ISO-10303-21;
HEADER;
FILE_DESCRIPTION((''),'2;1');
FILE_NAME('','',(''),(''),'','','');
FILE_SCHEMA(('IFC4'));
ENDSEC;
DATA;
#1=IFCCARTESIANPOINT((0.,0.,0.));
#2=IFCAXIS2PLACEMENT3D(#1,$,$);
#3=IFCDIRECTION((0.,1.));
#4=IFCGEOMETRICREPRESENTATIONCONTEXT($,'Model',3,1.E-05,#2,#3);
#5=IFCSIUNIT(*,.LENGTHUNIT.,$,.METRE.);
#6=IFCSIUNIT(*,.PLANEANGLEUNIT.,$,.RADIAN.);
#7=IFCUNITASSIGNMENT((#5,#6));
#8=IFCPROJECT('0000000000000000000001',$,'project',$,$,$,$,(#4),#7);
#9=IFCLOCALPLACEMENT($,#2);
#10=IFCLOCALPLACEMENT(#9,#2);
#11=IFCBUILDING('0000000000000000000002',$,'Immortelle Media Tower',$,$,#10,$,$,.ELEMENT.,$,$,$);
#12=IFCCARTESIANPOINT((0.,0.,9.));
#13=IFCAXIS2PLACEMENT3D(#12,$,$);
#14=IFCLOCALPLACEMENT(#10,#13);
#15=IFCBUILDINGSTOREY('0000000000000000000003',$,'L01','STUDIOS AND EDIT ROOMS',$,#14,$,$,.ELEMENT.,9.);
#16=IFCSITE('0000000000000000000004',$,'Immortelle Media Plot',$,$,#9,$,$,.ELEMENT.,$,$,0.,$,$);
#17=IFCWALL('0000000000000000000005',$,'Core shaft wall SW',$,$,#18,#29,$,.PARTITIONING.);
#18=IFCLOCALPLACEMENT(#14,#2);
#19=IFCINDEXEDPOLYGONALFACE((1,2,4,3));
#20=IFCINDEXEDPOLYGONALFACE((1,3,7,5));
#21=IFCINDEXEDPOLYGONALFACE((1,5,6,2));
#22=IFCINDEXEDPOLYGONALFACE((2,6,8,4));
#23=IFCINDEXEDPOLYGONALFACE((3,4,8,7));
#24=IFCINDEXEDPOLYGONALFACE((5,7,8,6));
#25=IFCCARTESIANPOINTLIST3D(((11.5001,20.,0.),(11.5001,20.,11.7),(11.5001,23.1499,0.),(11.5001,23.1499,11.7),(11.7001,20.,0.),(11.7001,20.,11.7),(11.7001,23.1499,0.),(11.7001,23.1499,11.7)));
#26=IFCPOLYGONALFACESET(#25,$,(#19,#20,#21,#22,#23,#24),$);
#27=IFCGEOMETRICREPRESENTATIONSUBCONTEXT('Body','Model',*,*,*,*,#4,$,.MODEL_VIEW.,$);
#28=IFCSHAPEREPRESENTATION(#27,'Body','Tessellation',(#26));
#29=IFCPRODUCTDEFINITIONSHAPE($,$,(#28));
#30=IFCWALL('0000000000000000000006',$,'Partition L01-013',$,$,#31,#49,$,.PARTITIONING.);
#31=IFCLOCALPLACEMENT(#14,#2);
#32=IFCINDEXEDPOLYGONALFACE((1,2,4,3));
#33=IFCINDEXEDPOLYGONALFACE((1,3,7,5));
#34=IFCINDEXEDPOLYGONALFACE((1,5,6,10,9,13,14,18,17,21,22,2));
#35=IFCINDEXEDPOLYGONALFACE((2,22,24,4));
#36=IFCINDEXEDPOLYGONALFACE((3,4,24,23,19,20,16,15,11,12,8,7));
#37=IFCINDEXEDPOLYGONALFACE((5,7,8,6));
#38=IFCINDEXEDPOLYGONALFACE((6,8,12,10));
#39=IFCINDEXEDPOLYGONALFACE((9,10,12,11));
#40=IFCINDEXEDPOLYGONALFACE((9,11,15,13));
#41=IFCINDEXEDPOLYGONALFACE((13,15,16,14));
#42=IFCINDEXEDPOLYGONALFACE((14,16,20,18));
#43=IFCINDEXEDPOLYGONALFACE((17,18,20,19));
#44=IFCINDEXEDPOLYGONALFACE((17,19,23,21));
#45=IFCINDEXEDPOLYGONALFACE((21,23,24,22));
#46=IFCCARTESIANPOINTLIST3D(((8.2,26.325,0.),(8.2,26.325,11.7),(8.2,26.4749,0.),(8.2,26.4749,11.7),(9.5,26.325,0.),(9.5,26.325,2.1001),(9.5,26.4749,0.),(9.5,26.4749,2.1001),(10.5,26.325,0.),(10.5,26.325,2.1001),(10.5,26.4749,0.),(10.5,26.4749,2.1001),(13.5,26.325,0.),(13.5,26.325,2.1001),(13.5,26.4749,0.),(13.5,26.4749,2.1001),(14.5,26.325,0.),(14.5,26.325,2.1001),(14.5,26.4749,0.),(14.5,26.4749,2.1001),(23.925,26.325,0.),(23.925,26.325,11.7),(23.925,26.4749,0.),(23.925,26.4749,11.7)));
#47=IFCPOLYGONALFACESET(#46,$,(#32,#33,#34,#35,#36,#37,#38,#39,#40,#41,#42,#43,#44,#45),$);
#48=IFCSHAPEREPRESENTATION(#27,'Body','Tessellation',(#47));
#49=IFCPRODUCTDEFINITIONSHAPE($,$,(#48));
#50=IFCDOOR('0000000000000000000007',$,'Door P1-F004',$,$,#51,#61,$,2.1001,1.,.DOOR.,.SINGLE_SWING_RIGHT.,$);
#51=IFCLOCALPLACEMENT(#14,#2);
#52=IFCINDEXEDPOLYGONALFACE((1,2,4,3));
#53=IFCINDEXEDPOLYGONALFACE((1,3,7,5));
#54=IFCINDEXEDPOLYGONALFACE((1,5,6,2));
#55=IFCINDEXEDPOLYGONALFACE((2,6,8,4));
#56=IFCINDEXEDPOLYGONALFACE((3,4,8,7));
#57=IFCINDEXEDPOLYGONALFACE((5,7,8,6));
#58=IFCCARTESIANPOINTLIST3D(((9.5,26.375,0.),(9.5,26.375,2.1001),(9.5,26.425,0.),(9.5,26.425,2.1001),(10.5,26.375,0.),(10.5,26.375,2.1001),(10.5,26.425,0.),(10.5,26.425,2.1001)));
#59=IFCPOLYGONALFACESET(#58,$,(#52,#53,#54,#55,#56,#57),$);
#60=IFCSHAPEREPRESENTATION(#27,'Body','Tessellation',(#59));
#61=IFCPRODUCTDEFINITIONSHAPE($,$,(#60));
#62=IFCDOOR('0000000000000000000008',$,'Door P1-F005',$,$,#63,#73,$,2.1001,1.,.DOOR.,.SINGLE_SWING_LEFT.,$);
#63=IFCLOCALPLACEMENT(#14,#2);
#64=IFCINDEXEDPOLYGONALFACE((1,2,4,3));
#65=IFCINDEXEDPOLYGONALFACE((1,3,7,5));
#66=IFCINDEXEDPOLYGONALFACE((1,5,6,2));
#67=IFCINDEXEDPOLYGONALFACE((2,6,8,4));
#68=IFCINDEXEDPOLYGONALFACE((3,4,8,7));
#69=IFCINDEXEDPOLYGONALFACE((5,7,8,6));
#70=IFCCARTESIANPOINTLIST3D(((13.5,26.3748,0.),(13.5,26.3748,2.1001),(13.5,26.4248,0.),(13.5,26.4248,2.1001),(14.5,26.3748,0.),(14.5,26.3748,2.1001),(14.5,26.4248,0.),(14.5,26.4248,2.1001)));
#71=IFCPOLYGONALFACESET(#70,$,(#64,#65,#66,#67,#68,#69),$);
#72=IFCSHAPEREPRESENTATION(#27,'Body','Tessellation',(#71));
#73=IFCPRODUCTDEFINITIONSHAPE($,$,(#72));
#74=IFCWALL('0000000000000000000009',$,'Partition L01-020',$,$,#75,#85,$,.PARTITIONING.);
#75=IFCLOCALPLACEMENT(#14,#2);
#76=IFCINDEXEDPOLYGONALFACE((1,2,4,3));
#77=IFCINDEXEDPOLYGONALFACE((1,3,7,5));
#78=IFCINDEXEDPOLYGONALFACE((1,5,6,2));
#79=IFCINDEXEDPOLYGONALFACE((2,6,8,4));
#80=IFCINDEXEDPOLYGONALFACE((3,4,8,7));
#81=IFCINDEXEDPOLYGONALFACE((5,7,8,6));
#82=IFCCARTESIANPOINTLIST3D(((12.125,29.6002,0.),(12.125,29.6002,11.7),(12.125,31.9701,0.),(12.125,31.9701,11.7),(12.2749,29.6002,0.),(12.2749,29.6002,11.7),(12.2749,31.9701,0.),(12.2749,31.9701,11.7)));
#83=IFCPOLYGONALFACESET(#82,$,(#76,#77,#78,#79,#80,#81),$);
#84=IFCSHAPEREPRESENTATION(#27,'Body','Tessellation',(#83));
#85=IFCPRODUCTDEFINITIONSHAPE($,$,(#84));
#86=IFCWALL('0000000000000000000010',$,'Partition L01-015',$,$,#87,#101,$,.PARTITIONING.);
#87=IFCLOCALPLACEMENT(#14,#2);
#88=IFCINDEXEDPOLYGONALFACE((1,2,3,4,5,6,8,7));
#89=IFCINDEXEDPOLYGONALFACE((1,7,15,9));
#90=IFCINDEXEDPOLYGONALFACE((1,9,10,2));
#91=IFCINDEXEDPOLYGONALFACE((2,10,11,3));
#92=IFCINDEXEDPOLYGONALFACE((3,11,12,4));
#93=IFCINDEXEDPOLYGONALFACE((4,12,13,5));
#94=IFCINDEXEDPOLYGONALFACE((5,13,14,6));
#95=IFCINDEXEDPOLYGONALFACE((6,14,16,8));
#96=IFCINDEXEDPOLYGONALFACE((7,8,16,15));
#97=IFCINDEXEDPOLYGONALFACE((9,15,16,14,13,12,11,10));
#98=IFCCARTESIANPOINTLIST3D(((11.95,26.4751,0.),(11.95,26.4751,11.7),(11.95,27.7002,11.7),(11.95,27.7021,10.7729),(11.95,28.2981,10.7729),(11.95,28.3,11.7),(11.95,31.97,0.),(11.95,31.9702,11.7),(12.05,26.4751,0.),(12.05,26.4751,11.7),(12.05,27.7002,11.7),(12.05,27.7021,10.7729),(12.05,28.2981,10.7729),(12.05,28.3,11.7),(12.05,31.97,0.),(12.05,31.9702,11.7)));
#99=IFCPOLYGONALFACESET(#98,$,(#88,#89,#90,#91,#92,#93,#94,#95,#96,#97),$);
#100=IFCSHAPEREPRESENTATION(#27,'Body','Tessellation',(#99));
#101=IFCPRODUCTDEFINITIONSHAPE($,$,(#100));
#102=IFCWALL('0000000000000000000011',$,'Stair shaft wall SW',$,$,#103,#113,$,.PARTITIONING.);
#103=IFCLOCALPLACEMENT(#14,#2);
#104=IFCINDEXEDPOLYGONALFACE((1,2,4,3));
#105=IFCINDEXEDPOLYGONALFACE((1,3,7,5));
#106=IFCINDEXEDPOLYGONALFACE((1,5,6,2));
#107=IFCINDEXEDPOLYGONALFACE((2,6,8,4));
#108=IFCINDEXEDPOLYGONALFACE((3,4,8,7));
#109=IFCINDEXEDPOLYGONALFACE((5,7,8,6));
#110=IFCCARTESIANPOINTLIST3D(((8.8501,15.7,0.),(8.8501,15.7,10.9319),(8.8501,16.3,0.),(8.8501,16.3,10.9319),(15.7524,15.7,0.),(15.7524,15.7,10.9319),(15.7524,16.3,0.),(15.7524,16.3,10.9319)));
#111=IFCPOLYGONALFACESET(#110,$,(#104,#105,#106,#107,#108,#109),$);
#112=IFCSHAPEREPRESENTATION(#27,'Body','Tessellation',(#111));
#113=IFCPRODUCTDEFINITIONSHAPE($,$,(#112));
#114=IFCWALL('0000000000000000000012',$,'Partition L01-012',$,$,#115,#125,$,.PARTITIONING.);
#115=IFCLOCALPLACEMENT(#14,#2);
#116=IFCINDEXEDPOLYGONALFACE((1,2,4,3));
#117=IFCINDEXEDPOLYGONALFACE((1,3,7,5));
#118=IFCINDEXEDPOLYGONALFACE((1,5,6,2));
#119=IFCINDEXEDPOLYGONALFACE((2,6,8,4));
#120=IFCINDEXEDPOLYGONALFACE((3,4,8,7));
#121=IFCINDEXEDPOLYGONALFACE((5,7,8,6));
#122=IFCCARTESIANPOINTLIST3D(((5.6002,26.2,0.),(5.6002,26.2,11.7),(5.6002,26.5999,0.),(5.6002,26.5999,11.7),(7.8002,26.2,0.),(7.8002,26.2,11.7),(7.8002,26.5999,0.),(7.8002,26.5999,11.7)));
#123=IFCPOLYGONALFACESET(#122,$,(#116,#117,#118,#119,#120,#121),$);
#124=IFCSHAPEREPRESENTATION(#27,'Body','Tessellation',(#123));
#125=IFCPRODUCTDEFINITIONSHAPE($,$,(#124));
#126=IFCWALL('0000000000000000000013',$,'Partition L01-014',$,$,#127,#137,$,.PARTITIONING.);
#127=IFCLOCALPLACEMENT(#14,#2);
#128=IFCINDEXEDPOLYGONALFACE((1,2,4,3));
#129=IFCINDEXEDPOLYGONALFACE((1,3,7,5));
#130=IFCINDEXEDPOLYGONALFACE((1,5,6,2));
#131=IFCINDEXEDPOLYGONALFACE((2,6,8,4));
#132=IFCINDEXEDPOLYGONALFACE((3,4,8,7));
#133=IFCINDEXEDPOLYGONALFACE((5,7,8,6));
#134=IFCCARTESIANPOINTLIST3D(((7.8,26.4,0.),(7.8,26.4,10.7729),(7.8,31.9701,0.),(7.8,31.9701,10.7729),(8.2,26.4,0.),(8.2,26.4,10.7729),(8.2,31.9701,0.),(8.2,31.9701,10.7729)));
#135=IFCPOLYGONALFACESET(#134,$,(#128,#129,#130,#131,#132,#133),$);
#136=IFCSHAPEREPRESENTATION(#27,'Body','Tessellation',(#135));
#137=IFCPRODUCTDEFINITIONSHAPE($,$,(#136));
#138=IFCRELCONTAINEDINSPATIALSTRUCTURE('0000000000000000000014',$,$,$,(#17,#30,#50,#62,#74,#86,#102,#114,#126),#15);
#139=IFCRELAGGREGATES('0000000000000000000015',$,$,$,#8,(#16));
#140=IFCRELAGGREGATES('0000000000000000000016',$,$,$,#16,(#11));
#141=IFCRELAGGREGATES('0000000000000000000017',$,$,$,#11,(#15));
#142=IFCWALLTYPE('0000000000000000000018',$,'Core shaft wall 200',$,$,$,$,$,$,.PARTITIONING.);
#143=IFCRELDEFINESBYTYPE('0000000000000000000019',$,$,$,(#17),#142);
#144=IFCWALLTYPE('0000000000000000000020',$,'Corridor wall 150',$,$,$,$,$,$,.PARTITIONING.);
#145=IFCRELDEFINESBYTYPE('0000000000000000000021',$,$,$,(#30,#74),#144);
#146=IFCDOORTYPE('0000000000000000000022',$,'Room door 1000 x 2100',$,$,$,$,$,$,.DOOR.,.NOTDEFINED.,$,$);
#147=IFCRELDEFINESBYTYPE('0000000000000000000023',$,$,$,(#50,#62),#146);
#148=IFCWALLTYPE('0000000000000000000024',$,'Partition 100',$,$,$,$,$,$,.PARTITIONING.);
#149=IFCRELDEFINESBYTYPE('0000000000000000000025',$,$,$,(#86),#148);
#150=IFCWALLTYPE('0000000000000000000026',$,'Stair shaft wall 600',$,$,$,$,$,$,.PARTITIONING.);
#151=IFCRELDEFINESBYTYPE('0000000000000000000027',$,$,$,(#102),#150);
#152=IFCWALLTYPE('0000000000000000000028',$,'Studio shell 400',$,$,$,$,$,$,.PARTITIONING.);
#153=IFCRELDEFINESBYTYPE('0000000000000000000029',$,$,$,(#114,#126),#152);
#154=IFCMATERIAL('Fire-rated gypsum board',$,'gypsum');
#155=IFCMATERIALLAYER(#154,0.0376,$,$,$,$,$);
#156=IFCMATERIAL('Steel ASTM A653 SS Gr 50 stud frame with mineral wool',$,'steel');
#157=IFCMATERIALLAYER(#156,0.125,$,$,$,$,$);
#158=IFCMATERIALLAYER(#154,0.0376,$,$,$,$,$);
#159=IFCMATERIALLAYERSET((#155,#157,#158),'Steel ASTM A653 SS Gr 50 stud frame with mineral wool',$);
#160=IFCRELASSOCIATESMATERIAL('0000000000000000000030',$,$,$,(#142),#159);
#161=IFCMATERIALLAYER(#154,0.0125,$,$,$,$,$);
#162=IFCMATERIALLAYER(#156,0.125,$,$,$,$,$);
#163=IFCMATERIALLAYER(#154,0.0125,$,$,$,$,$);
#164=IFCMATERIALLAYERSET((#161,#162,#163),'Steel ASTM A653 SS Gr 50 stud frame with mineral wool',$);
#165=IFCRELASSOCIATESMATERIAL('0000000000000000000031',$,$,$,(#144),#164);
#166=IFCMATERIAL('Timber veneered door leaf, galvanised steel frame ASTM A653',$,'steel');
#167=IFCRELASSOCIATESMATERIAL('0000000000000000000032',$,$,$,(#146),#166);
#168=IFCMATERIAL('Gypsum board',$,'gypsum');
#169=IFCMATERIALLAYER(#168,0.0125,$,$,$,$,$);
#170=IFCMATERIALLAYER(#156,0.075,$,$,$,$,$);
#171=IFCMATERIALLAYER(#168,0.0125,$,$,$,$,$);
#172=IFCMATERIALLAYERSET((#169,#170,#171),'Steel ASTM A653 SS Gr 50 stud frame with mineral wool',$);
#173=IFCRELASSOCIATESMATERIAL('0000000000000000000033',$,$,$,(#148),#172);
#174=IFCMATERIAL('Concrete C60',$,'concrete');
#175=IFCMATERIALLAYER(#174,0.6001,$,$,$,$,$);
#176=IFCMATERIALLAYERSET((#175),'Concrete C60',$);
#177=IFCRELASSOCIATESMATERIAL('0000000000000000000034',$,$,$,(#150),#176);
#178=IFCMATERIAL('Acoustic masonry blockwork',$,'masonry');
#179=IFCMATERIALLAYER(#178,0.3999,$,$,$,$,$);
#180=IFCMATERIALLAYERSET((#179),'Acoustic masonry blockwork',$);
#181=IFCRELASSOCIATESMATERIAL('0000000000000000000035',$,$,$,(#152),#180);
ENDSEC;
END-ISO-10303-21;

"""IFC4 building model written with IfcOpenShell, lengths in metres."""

from ifc_helpers import new_model, si_unit, direction, frame, frame_2d, origin, place, context, subcontext, project, spatial, polyline, rectangle, outline, extrude, material, layer, layer_set, type_object, element, fill, save


model = new_model("IFC4")

# Units and contexts
model_context = context("Model", 3, precision=1e-05, world=origin(), true_north=direction((0.0, 1.0)))
body_context = subcontext(model_context, "Body", "Model", "MODEL_VIEW")
ifc_project = project(units=[si_unit("LENGTHUNIT", "METRE"), si_unit("PLANEANGLEUNIT", "RADIAN")], contexts=[model_context])

# Site, building, storey
site_placement = place(None, origin())
site = spatial("IfcSite", under=ifc_project, at=site_placement, Name="Immortelle Media Plot", CompositionType="ELEMENT", RefElevation=0.0)
building_placement = place(site_placement, origin())
building = spatial("IfcBuilding", under=site, at=building_placement, Name="Immortelle Media Tower", CompositionType="ELEMENT")
storey_placement = place(building_placement, frame((0.0, 0.0, 9.0)))
storey = spatial("IfcBuildingStorey", under=building, at=storey_placement, Name="L01", Description="STUDIOS AND EDIT ROOMS", CompositionType="ELEMENT", Elevation=9.0)

# Shared definitions
ifc_material_1 = material(Name="Fire-rated gypsum board", Category="gypsum")
ifc_layer_1 = layer(ifc_material_1, 0.0376)
ifc_material_2 = material(Name="Steel ASTM A653 SS Gr 50 stud frame with mineral wool", Category="steel")
ifc_layer_2 = layer(ifc_material_2, 0.125)
ifc_layer_3 = layer(ifc_material_1, 0.0376)
ifc_layer_set_1 = layer_set([ifc_layer_1, ifc_layer_2, ifc_layer_3], Name="Steel ASTM A653 SS Gr 50 stud frame with mineral wool")
wall_type_1 = type_object("IfcWallType", Name="Core shaft wall 200", PredefinedType="PARTITIONING", material=ifc_layer_set_1)

# Wall
wall_1_placement = place(storey_placement, frame((11.6001, 20.0, 0.0), z_axis=(0.0, 0.0, 1.0), x_axis=(0.0, 1.0, 0.0)))
element("IfcWall", 1, at=wall_1_placement, inside=storey, type_object=wall_type_1, Name="Core shaft wall SW", PredefinedType="PARTITIONING", context=body_context, shape_type="SweptSolid", body=[
    extrude(rectangle(XDim=3.1499, YDim=0.2, at=frame_2d((1.575, 0.0))), origin(), (0.0, 0.0, 1.0), 11.7),
])

# Wall, openings, doors
ifc_layer_4 = layer(ifc_material_1, 0.0125)
ifc_layer_5 = layer(ifc_material_2, 0.125)
ifc_layer_6 = layer(ifc_material_1, 0.0125)
ifc_layer_set_2 = layer_set([ifc_layer_4, ifc_layer_5, ifc_layer_6], Name="Steel ASTM A653 SS Gr 50 stud frame with mineral wool")
wall_type_2 = type_object("IfcWallType", Name="Corridor wall 150", PredefinedType="PARTITIONING", material=ifc_layer_set_2)
wall_2_placement = place(storey_placement, frame((8.2, 26.3999, 0.0), z_axis=(0.0, 0.0, 1.0), x_axis=(1.0, 0.0, 0.0)))
wall_2 = element("IfcWall", 2, at=wall_2_placement, inside=storey, type_object=wall_type_2, Name="Partition L01-013", PredefinedType="PARTITIONING", context=body_context, shape_type="SweptSolid", body=[
    extrude(rectangle(XDim=15.7251, YDim=0.1499, at=frame_2d((7.8625, 0.0))), origin(), (0.0, 0.0, 1.0), 11.7),
])
opening_1_placement = place(wall_2_placement, frame((2.3, 0.0, 0.0), z_axis=(0.0, 0.0, 1.0), x_axis=(-1.0, 0.0, 0.0)))
opening_1 = element("IfcOpeningElement", 3, at=opening_1_placement, cuts=wall_2, PredefinedType="OPENING", context=body_context, shape_type="SweptSolid", body=[
    extrude(rectangle(XDim=1.0, YDim=2.1001, at=frame_2d((0.5, 1.05))), frame((0.0, 0.085, 0.0), z_axis=(0.0, -1.0, 0.0), x_axis=(1.0, 0.0, 0.0)), (0.0, 0.0, 1.0), 0.1699),
])
opening_2_placement = place(wall_2_placement, frame((5.3, 0.0, 0.0)))
opening_2 = element("IfcOpeningElement", 4, at=opening_2_placement, cuts=wall_2, PredefinedType="OPENING", context=body_context, shape_type="SweptSolid", body=[
    extrude(rectangle(XDim=1.0, YDim=2.1001, at=frame_2d((0.5, 1.05))), frame((0.0, 0.085, 0.0), z_axis=(0.0, -1.0, 0.0), x_axis=(1.0, 0.0, 0.0)), (0.0, 0.0, 1.0), 0.1699),
])
ifc_material_3 = material(Name="Timber veneered door leaf, galvanised steel frame ASTM A653", Category="steel")
door_type_1 = type_object("IfcDoorType", Name="Room door 1000 x 2100", OperationType="NOTDEFINED", PredefinedType="DOOR", material=ifc_material_3)
door_1_placement = place(opening_1_placement, origin())
door_1 = element("IfcDoor", 5, at=door_1_placement, inside=storey, type_object=door_type_1, Name="Door P1-F004", OperationType="SINGLE_SWING_RIGHT", OverallHeight=2.1001, OverallWidth=1.0, PredefinedType="DOOR", context=body_context, shape_type="SweptSolid", body=[
    extrude(rectangle(XDim=1.0, YDim=2.1001, at=frame_2d((0.5, 1.05))), frame((0.0, 0.0249, 0.0), z_axis=(0.0, -1.0, 0.0), x_axis=(1.0, 0.0, 0.0)), (0.0, 0.0, 1.0), 0.05),
])
fill(opening_1, door_1)
door_2_placement = place(opening_2_placement, origin())
door_2 = element("IfcDoor", 6, at=door_2_placement, inside=storey, type_object=door_type_1, Name="Door P1-F005", OperationType="SINGLE_SWING_LEFT", OverallHeight=2.1001, OverallWidth=1.0, PredefinedType="DOOR", context=body_context, shape_type="SweptSolid", body=[
    extrude(rectangle(XDim=1.0, YDim=2.1001, at=frame_2d((0.5, 1.05))), frame((0.0, 0.0249, 0.0), z_axis=(0.0, -1.0, 0.0), x_axis=(1.0, 0.0, 0.0)), (0.0, 0.0, 1.0), 0.05),
])
fill(opening_2, door_2)

# Walls
wall_3_placement = place(storey_placement, frame((12.2, 29.6001, 0.0), z_axis=(0.0, 0.0, 1.0), x_axis=(0.0, 1.0, 0.0)))
element("IfcWall", 7, at=wall_3_placement, inside=storey, type_object=wall_type_2, Name="Partition L01-020", PredefinedType="PARTITIONING", context=body_context, shape_type="SweptSolid", body=[
    extrude(rectangle(XDim=2.3699, YDim=0.1499, at=frame_2d((1.1851, 0.0))), origin(), (0.0, 0.0, 1.0), 11.7),
])
ifc_material_4 = material(Name="Gypsum board", Category="gypsum")
ifc_layer_7 = layer(ifc_material_4, 0.0125)
ifc_layer_8 = layer(ifc_material_2, 0.075)
ifc_layer_9 = layer(ifc_material_4, 0.0125)
ifc_layer_set_3 = layer_set([ifc_layer_7, ifc_layer_8, ifc_layer_9], Name="Steel ASTM A653 SS Gr 50 stud frame with mineral wool")
wall_type_3 = type_object("IfcWallType", Name="Partition 100", PredefinedType="PARTITIONING", material=ifc_layer_set_3)
wall_4_placement = place(storey_placement, frame((12.0, 26.4751, 0.0), z_axis=(0.0, 0.0, 1.0), x_axis=(0.0, 1.0, 0.0)))
element("IfcWall", 8, at=wall_4_placement, inside=storey, type_object=wall_type_3, Name="Partition L01-015", PredefinedType="PARTITIONING", context=body_context, shape_type="SweptSolid", body=[
    extrude(outline(polyline([(0.0, 0.0), (5.4949, 0.0), (5.4951, 11.7), (1.825, 11.7), (1.823, 10.7729), (1.2271, 10.7729), (1.2251, 11.7), (0.0, 11.7), (0.0, 0.0)])), frame((0.0, 0.05, 0.0), z_axis=(0.0, -1.0, 0.0), x_axis=(1.0, 0.0, 0.0)), (0.0, 0.0, 1.0), 0.1001),
])
ifc_material_5 = material(Name="Concrete C60", Category="concrete")
ifc_layer_10 = layer(ifc_material_5, 0.6001)
ifc_layer_set_4 = layer_set([ifc_layer_10], Name="Concrete C60")
wall_type_4 = type_object("IfcWallType", Name="Stair shaft wall 600", PredefinedType="PARTITIONING", material=ifc_layer_set_4)
wall_5_placement = place(storey_placement, frame((8.8501, 16.0, 0.0), z_axis=(0.0, 0.0, 1.0), x_axis=(1.0, 0.0, 0.0)))
element("IfcWall", 9, at=wall_5_placement, inside=storey, type_object=wall_type_4, Name="Stair shaft wall SW", PredefinedType="PARTITIONING", context=body_context, shape_type="SweptSolid", body=[
    extrude(rectangle(XDim=6.9023, YDim=0.6001, at=frame_2d((3.4512, 0.0))), origin(), (0.0, 0.0, 1.0), 10.9319),
])
ifc_material_6 = material(Name="Acoustic masonry blockwork", Category="masonry")
ifc_layer_11 = layer(ifc_material_6, 0.3999)
ifc_layer_set_5 = layer_set([ifc_layer_11], Name="Acoustic masonry blockwork")
wall_type_5 = type_object("IfcWallType", Name="Studio shell 400", PredefinedType="PARTITIONING", material=ifc_layer_set_5)
wall_6_placement = place(storey_placement, frame((5.6001, 26.3999, 0.0), z_axis=(0.0, 0.0, 1.0), x_axis=(1.0, 0.0, 0.0)))
element("IfcWall", 10, at=wall_6_placement, inside=storey, type_object=wall_type_5, Name="Partition L01-012", PredefinedType="PARTITIONING", context=body_context, shape_type="SweptSolid", body=[
    extrude(rectangle(XDim=2.2, YDim=0.3999, at=frame_2d((1.1001, 0.0))), origin(), (0.0, 0.0, 1.0), 11.7),
])
wall_7_placement = place(storey_placement, frame((8.0, 26.3999, 0.0), z_axis=(0.0, 0.0, 1.0), x_axis=(0.0, 1.0, 0.0)))
element("IfcWall", 11, at=wall_7_placement, inside=storey, type_object=wall_type_5, Name="Partition L01-014", PredefinedType="PARTITIONING", context=body_context, shape_type="SweptSolid", body=[
    extrude(rectangle(XDim=5.5701, YDim=0.3999, at=frame_2d((2.7852, 0.0))), origin(), (0.0, 0.0, 1.0), 10.7729),
])

save(model, "model.ifc")
